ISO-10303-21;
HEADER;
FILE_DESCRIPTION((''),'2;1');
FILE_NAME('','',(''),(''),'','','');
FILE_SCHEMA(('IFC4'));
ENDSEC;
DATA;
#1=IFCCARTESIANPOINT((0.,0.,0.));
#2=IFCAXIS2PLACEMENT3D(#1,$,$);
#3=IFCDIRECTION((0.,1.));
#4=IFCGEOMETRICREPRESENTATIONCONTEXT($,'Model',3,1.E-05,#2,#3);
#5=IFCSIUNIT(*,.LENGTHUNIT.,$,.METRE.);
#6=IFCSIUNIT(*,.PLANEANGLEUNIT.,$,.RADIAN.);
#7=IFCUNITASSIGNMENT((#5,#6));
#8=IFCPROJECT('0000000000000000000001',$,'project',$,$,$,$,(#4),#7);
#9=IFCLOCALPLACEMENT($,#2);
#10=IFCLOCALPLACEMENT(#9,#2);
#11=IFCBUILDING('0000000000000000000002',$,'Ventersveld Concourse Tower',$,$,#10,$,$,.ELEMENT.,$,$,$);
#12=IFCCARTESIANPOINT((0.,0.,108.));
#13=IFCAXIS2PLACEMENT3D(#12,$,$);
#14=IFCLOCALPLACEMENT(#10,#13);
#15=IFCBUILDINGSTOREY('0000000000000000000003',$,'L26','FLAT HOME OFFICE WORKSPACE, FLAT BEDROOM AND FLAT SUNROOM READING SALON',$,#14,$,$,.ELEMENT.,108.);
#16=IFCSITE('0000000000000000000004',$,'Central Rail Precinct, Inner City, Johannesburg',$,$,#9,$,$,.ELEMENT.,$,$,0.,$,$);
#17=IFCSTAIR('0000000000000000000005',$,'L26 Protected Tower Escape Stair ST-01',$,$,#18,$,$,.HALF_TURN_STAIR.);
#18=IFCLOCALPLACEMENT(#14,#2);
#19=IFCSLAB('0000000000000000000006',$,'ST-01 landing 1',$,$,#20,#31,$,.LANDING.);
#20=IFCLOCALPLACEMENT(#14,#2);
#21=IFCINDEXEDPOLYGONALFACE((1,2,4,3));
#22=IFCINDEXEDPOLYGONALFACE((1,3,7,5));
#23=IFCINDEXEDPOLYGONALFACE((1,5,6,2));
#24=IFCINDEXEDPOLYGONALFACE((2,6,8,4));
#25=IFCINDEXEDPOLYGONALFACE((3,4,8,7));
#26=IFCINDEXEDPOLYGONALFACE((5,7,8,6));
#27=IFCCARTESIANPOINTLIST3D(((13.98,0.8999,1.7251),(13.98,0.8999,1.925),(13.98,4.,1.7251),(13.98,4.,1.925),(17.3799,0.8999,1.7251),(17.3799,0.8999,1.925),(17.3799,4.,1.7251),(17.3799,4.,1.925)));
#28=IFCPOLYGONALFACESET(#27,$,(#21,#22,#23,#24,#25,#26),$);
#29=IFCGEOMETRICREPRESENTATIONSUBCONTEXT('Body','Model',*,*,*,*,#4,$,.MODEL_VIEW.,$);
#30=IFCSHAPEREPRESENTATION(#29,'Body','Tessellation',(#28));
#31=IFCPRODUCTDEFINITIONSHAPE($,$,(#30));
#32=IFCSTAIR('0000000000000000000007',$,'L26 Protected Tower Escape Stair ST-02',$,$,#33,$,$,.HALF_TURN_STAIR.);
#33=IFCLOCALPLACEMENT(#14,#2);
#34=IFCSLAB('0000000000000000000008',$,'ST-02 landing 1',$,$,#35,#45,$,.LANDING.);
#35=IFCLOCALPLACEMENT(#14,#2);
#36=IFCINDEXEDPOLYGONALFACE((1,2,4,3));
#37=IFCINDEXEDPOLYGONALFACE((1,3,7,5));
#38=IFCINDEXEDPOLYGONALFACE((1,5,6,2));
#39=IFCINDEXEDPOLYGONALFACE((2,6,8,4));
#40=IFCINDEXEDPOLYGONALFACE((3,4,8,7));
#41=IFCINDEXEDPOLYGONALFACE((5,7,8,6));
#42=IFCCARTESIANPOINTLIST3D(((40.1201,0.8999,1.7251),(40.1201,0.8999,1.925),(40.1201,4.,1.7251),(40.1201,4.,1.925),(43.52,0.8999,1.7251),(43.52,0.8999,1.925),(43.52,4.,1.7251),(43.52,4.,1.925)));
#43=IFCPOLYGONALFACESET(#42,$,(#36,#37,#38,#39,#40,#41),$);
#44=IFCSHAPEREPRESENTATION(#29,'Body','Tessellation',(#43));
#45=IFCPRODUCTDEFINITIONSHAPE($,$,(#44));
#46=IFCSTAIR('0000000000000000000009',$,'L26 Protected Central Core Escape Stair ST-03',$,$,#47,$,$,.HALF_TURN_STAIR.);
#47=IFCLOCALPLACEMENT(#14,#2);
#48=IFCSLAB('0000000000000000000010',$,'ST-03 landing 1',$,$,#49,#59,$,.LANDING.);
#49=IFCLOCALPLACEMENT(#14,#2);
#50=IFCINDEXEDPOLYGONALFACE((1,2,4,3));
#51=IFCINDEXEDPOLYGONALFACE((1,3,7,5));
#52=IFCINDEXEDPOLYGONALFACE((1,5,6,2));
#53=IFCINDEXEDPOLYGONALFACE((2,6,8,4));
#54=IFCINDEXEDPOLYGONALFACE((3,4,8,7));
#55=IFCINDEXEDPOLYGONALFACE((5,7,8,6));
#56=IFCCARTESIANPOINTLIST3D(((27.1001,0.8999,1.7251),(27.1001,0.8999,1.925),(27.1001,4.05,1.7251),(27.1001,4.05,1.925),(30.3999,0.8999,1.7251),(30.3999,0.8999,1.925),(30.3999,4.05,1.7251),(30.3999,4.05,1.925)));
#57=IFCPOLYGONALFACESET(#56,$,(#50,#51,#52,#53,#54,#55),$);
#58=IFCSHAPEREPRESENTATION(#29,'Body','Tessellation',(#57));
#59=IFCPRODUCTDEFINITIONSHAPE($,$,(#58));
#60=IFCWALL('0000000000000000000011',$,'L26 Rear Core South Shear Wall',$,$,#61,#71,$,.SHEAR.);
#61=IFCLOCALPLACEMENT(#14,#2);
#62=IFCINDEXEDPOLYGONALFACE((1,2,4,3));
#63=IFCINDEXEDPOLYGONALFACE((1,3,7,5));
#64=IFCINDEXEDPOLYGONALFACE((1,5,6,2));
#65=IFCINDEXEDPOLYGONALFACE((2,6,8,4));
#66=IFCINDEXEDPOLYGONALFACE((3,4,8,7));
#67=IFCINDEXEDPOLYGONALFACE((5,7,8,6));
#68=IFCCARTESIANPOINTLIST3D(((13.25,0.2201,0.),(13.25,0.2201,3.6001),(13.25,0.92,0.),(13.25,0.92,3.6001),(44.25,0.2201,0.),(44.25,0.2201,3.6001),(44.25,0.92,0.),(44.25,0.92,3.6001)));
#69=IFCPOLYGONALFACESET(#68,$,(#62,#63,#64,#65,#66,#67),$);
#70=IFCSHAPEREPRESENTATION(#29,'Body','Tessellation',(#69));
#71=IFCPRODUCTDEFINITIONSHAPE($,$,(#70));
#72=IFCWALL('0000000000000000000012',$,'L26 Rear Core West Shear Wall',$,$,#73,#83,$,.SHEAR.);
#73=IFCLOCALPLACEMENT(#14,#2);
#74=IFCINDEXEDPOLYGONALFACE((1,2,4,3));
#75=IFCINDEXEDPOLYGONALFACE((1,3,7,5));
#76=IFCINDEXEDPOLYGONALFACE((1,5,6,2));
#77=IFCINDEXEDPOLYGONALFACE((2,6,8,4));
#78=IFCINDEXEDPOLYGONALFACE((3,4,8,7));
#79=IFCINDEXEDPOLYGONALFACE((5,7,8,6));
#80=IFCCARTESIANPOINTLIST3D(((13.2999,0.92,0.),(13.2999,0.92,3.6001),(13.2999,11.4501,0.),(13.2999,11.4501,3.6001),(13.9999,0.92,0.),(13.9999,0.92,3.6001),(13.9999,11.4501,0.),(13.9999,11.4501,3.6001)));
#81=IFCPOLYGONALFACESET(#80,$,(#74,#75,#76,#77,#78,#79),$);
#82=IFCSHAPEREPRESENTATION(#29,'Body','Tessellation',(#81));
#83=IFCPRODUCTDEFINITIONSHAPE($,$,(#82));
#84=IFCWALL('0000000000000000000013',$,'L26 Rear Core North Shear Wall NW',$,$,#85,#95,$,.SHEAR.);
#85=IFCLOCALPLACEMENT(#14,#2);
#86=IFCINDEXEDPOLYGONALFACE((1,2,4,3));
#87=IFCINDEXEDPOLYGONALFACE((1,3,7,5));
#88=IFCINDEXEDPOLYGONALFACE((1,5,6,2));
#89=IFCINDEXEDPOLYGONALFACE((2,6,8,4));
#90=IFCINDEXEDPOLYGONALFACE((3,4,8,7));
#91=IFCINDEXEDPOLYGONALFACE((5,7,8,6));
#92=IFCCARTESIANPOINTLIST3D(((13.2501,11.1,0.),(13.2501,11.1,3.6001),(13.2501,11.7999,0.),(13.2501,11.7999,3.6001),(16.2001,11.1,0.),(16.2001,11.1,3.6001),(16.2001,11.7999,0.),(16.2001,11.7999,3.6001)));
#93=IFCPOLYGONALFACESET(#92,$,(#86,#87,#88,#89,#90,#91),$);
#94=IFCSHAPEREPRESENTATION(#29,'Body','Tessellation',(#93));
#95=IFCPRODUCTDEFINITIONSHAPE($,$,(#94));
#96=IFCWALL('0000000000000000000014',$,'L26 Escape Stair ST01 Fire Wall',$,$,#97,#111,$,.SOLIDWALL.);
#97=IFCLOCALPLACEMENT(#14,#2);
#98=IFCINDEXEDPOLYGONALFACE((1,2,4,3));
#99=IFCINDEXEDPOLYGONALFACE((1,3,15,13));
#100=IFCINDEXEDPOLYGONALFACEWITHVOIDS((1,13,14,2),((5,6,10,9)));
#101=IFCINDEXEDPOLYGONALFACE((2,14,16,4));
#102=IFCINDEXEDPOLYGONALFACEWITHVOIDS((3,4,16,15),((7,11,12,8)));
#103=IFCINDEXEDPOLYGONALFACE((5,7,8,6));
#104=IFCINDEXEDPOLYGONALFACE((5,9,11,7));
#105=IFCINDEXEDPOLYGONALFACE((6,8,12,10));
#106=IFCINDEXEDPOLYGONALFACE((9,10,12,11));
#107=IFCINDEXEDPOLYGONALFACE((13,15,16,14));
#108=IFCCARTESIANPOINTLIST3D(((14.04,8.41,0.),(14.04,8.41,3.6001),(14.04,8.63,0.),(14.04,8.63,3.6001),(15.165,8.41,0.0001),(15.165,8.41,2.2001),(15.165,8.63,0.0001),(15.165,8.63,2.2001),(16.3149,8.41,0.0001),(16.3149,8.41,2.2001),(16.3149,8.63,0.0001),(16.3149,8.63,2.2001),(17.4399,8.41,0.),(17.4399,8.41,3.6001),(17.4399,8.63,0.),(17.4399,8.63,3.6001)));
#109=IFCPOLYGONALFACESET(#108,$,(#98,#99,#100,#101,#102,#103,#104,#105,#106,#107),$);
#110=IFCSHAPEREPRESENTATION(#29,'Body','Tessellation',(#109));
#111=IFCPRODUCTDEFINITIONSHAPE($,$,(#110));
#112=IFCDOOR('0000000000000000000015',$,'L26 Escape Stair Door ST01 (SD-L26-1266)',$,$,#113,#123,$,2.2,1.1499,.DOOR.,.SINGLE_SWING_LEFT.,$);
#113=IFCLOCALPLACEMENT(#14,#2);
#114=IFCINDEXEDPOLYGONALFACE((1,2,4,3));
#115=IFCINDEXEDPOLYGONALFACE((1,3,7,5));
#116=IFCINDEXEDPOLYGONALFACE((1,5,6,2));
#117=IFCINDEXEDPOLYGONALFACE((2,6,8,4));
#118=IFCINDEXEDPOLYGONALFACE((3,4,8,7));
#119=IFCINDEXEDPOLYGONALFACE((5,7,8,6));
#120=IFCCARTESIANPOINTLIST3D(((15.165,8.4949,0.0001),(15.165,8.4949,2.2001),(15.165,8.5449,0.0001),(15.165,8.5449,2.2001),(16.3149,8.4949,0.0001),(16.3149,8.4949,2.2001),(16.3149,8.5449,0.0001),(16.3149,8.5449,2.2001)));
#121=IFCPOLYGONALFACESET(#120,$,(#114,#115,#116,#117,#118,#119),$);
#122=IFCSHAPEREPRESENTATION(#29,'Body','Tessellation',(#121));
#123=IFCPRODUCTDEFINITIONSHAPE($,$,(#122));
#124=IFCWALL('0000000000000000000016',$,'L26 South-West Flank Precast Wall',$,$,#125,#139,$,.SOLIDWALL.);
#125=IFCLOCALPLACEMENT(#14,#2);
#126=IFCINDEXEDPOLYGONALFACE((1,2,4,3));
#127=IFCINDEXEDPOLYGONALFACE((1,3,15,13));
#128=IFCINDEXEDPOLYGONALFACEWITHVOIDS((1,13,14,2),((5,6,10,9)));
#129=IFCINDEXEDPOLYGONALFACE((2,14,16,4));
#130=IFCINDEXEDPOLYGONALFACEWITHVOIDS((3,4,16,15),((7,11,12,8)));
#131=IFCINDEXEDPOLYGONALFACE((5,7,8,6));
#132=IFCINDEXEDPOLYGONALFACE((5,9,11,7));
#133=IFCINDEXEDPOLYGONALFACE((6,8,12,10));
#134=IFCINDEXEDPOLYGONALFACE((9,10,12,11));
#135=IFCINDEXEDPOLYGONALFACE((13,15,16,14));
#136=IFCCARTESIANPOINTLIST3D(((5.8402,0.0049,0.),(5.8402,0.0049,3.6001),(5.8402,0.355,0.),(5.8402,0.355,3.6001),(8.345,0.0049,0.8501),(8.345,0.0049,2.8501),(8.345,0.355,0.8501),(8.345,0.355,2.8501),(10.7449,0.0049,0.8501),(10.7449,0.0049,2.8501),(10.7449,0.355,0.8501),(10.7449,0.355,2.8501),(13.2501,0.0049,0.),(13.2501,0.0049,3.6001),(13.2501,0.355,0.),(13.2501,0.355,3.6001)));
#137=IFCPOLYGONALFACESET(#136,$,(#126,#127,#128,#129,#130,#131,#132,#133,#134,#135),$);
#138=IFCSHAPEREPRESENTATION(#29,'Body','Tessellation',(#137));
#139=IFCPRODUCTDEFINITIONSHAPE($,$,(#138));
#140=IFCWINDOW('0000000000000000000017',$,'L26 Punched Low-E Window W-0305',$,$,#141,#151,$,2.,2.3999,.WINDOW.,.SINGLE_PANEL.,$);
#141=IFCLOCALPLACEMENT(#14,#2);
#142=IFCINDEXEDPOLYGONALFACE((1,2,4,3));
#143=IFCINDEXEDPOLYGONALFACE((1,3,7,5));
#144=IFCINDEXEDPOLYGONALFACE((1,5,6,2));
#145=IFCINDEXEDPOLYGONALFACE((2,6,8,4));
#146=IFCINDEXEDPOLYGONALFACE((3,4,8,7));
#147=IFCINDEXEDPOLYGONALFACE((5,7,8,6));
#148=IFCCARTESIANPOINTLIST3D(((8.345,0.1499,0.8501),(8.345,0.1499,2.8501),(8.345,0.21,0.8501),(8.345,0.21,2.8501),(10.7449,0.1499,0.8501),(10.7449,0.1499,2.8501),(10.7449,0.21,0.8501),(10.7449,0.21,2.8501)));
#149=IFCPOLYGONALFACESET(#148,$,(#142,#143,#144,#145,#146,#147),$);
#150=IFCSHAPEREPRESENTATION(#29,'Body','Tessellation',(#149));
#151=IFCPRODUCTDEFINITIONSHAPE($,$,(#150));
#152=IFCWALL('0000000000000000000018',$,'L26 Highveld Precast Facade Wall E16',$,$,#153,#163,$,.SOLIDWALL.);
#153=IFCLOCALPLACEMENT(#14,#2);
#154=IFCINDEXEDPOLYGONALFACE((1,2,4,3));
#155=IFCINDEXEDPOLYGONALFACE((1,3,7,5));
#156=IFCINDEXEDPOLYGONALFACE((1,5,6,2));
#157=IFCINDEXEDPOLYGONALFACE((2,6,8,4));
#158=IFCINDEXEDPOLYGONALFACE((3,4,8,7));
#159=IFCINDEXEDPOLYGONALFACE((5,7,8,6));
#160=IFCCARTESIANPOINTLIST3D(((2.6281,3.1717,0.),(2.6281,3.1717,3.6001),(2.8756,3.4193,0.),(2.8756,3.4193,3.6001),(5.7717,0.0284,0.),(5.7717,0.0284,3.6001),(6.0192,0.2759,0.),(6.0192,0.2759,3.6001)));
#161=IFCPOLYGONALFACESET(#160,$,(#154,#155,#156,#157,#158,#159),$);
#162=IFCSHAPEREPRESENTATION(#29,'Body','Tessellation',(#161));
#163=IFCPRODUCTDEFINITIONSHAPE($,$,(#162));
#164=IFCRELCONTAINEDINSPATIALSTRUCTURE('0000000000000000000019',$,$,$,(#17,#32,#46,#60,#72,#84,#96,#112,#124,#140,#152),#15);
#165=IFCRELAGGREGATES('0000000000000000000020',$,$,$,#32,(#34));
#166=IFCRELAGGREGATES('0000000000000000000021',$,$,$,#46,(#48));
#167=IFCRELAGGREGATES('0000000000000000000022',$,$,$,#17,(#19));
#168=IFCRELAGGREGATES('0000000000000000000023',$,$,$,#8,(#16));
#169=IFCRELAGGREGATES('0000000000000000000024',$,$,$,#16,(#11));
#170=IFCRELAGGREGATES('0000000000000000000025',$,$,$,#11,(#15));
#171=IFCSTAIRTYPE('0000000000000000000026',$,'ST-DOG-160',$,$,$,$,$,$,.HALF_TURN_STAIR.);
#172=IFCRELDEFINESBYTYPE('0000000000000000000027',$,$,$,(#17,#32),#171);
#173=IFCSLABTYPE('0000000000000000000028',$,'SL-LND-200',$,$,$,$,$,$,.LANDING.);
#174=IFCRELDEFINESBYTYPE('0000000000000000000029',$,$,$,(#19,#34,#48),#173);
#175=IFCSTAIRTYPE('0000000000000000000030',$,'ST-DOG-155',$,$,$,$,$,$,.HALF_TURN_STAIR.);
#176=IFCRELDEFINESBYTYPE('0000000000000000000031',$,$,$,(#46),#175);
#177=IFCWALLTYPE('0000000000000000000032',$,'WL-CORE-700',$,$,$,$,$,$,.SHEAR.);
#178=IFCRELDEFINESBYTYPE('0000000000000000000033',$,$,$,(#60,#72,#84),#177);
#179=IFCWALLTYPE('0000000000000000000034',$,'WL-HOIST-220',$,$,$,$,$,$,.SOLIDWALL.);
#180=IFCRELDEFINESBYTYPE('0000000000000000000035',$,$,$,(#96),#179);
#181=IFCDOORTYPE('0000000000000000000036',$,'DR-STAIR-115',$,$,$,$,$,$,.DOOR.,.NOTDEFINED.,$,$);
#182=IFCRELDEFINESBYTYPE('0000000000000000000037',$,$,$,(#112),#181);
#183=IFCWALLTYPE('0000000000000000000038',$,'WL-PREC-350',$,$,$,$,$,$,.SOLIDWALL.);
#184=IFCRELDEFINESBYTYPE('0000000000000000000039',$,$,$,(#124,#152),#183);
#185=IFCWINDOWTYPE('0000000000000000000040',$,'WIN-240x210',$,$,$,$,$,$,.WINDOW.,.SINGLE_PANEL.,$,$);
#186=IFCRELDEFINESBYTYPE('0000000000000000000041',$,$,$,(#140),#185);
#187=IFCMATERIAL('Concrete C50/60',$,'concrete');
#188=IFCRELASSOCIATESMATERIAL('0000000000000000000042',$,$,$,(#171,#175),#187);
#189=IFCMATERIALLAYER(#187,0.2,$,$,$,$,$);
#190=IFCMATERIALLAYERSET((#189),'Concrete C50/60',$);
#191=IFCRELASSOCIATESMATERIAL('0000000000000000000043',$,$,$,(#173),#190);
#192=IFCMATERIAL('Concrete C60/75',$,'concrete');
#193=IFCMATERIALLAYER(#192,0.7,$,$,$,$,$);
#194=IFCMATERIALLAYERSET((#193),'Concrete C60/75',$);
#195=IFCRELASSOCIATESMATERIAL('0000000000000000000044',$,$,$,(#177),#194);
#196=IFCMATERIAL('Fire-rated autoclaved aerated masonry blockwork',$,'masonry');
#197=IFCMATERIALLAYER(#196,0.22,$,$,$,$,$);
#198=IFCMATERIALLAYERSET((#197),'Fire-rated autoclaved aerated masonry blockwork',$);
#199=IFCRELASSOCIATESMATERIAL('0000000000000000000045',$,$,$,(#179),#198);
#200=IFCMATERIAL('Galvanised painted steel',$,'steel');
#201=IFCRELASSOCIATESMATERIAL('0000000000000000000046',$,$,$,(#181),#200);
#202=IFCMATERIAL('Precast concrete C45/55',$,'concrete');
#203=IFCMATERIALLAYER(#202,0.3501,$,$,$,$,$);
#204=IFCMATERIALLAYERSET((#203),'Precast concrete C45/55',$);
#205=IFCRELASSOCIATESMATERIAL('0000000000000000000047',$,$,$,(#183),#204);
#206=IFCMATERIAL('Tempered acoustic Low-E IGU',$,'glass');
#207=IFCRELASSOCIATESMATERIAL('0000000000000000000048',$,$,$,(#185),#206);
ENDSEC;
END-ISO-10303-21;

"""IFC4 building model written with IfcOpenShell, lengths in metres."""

from ifc_helpers import new_model, si_unit, direction, frame, frame_2d, origin, place, context, subcontext, project, spatial, polyline, rectangle, outline, extrude, material, layer, layer_set, type_object, element, fill, aggregate, save


model = new_model("IFC4")

# Units and contexts
model_context = context("Model", 3, precision=1e-05, world=origin(), true_north=direction((0.0, 1.0)))
body_context = subcontext(model_context, "Body", "Model", "MODEL_VIEW")
ifc_project = project(units=[si_unit("LENGTHUNIT", "METRE"), si_unit("PLANEANGLEUNIT", "RADIAN")], contexts=[model_context])

# Site, building, storey
site_placement = place(None, origin())
site = spatial("IfcSite", under=ifc_project, at=site_placement, Name="Central Rail Precinct, Inner City, Johannesburg", CompositionType="ELEMENT", RefElevation=0.0)
building_placement = place(site_placement, origin())
building = spatial("IfcBuilding", under=site, at=building_placement, Name="Ventersveld Concourse Tower", CompositionType="ELEMENT")
storey_placement = place(building_placement, frame((0.0, 0.0, 108.0)))
storey = spatial("IfcBuildingStorey", under=building, at=storey_placement, Name="L26", Description="FLAT HOME OFFICE WORKSPACE, FLAT BEDROOM AND FLAT SUNROOM READING SALON", CompositionType="ELEMENT", Elevation=108.0)

# Shared definitions
ifc_material_1 = material(Name="Concrete C50/60", Category="concrete")

# Stairs, slabs
stair_type_1 = type_object("IfcStairType", Name="ST-DOG-160", PredefinedType="HALF_TURN_STAIR", material=ifc_material_1)
stair_1_placement = place(storey_placement, origin())
stair_1 = element("IfcStair", 1, at=stair_1_placement, inside=storey, type_object=stair_type_1, Name="L26 Protected Tower Escape Stair ST-01", PredefinedType="HALF_TURN_STAIR")
ifc_layer_1 = layer(ifc_material_1, 0.2)
ifc_layer_set_1 = layer_set([ifc_layer_1], Name="Concrete C50/60")
slab_type_1 = type_object("IfcSlabType", Name="SL-LND-200", PredefinedType="LANDING", material=ifc_layer_set_1)
slab_1_placement = place(storey_placement, frame((0.0, 0.0, 1.7251)))
slab_1 = element("IfcSlab", 2, at=slab_1_placement, type_object=slab_type_1, Name="ST-01 landing 1", PredefinedType="LANDING", context=body_context, shape_type="SweptSolid", body=[
    extrude(outline(polyline([(13.98, 4.0), (13.98, 0.8999), (17.3799, 0.8999), (17.3799, 4.0), (13.98, 4.0)])), origin(), (0.0, 0.0, 1.0), 0.2),
])
stair_2_placement = place(storey_placement, origin())
stair_2 = element("IfcStair", 3, at=stair_2_placement, inside=storey, type_object=stair_type_1, Name="L26 Protected Tower Escape Stair ST-02", PredefinedType="HALF_TURN_STAIR")
slab_2_placement = place(storey_placement, frame((0.0, 0.0, 1.7251)))
slab_2 = element("IfcSlab", 4, at=slab_2_placement, type_object=slab_type_1, Name="ST-02 landing 1", PredefinedType="LANDING", context=body_context, shape_type="SweptSolid", body=[
    extrude(outline(polyline([(40.1201, 4.0), (40.1201, 0.8999), (43.52, 0.8999), (43.52, 4.0), (40.1201, 4.0)])), origin(), (0.0, 0.0, 1.0), 0.2),
])
aggregate(stair_2, [slab_2])
stair_type_2 = type_object("IfcStairType", Name="ST-DOG-155", PredefinedType="HALF_TURN_STAIR", material=ifc_material_1)
stair_3_placement = place(storey_placement, origin())
stair_3 = element("IfcStair", 5, at=stair_3_placement, inside=storey, type_object=stair_type_2, Name="L26 Protected Central Core Escape Stair ST-03", PredefinedType="HALF_TURN_STAIR")
slab_3_placement = place(storey_placement, frame((0.0, 0.0, 1.7251)))
slab_3 = element("IfcSlab", 6, at=slab_3_placement, type_object=slab_type_1, Name="ST-03 landing 1", PredefinedType="LANDING", context=body_context, shape_type="SweptSolid", body=[
    extrude(outline(polyline([(27.1001, 4.05), (27.1001, 0.8999), (30.3999, 0.8999), (30.3999, 4.05), (27.1001, 4.05)])), origin(), (0.0, 0.0, 1.0), 0.2),
])
aggregate(stair_3, [slab_3])

# Walls
ifc_material_2 = material(Name="Concrete C60/75", Category="concrete")
ifc_layer_2 = layer(ifc_material_2, 0.7)
ifc_layer_set_2 = layer_set([ifc_layer_2], Name="Concrete C60/75")
wall_type_1 = type_object("IfcWallType", Name="WL-CORE-700", PredefinedType="SHEAR", material=ifc_layer_set_2)
wall_1_placement = place(storey_placement, frame((13.25, 0.5701, 0.0), z_axis=(0.0, 0.0, 1.0), x_axis=(1.0, 0.0, 0.0)))
element("IfcWall", 7, at=wall_1_placement, inside=storey, type_object=wall_type_1, Name="L26 Rear Core South Shear Wall", PredefinedType="SHEAR", context=body_context, shape_type="SweptSolid", body=[
    extrude(rectangle(XDim=31.0, YDim=0.7, at=frame_2d((15.5, 0.0))), origin(), (0.0, 0.0, 1.0), 3.6001),
])
wall_2_placement = place(storey_placement, frame((13.6499, 0.9199, 0.0), z_axis=(0.0, 0.0, 1.0), x_axis=(0.0, 1.0, 0.0)))
element("IfcWall", 8, at=wall_2_placement, inside=storey, type_object=wall_type_1, Name="L26 Rear Core West Shear Wall", PredefinedType="SHEAR", context=body_context, shape_type="SweptSolid", body=[
    extrude(rectangle(XDim=10.53, YDim=0.7, at=frame_2d((5.2651, 0.0))), origin(), (0.0, 0.0, 1.0), 3.6001),
])
wall_3_placement = place(storey_placement, frame((13.25, 11.45, 0.0), z_axis=(0.0, 0.0, 1.0), x_axis=(1.0, 0.0, 0.0)))
element("IfcWall", 9, at=wall_3_placement, inside=storey, type_object=wall_type_1, Name="L26 Rear Core North Shear Wall NW", PredefinedType="SHEAR", context=body_context, shape_type="SweptSolid", body=[
    extrude(rectangle(XDim=2.95, YDim=0.7, at=frame_2d((1.4751, 0.0))), origin(), (0.0, 0.0, 1.0), 3.6001),
])

# Wall, opening, door
ifc_material_3 = material(Name="Fire-rated autoclaved aerated masonry blockwork", Category="masonry")
ifc_layer_3 = layer(ifc_material_3, 0.22)
ifc_layer_set_3 = layer_set([ifc_layer_3], Name="Fire-rated autoclaved aerated masonry blockwork")
wall_type_2 = type_object("IfcWallType", Name="WL-HOIST-220", PredefinedType="SOLIDWALL", material=ifc_layer_set_3)
wall_4_placement = place(storey_placement, frame((14.04, 8.52, 0.0), z_axis=(0.0, 0.0, 1.0), x_axis=(1.0, 0.0, 0.0)))
wall_4 = element("IfcWall", 10, at=wall_4_placement, inside=storey, type_object=wall_type_2, Name="L26 Escape Stair ST01 Fire Wall", PredefinedType="SOLIDWALL", context=body_context, shape_type="SweptSolid", body=[
    extrude(rectangle(XDim=3.3999, YDim=0.22, at=frame_2d((1.7, 0.0))), origin(), (0.0, 0.0, 1.0), 3.6001),
])
opening_1_placement = place(wall_4_placement, frame((1.125, 0.0, 0.0)))
opening_1 = element("IfcOpeningElement", 11, at=opening_1_placement, cuts=wall_4, PredefinedType="OPENING", context=body_context, shape_type="SweptSolid", body=[
    extrude(rectangle(XDim=1.1499, YDim=2.2, at=frame_2d((0.575, 1.1001))), frame((0.0, 0.1201, 0.0), z_axis=(0.0, -1.0, 0.0), x_axis=(1.0, 0.0, 0.0)), (0.0, 0.0, 1.0), 0.24),
])
ifc_material_4 = material(Name="Galvanised painted steel", Category="steel")
door_type = type_object("IfcDoorType", Name="DR-STAIR-115", OperationType="NOTDEFINED", PredefinedType="DOOR", material=ifc_material_4)
door_placement = place(opening_1_placement, origin())
door = element("IfcDoor", 12, at=door_placement, inside=storey, type_object=door_type, Name="L26 Escape Stair Door ST01 (SD-L26-1266)", OperationType="SINGLE_SWING_LEFT", OverallHeight=2.2, OverallWidth=1.1499, PredefinedType="DOOR", context=body_context, shape_type="SweptSolid", body=[
    extrude(rectangle(XDim=1.1499, YDim=2.2, at=frame_2d((0.575, 1.1001))), frame((0.0, 0.0249, 0.0), z_axis=(0.0, -1.0, 0.0), x_axis=(1.0, 0.0, 0.0)), (0.0, 0.0, 1.0), 0.05),
])
fill(opening_1, door)

# Wall, opening, window
ifc_material_5 = material(Name="Precast concrete C45/55", Category="concrete")
ifc_layer_4 = layer(ifc_material_5, 0.3501)
ifc_layer_set_4 = layer_set([ifc_layer_4], Name="Precast concrete C45/55")
wall_type_3 = type_object("IfcWallType", Name="WL-PREC-350", PredefinedType="SOLIDWALL", material=ifc_layer_set_4)
wall_5_placement = place(storey_placement, frame((5.8401, 0.1799, 0.0), z_axis=(0.0, 0.0, 1.0), x_axis=(1.0, 0.0, 0.0)))
wall_5 = element("IfcWall", 13, at=wall_5_placement, inside=storey, type_object=wall_type_3, Name="L26 South-West Flank Precast Wall", PredefinedType="SOLIDWALL", context=body_context, shape_type="SweptSolid", body=[
    extrude(rectangle(XDim=7.4099, YDim=0.3501, at=frame_2d((3.7051, 0.0))), origin(), (0.0, 0.0, 1.0), 3.6001),
])
opening_2_placement = place(wall_5_placement, frame((2.5049, 0.0, 0.8501)))
opening_2 = element("IfcOpeningElement", 14, at=opening_2_placement, cuts=wall_5, PredefinedType="OPENING", context=body_context, shape_type="SweptSolid", body=[
    extrude(rectangle(XDim=2.3999, YDim=2.0, at=frame_2d((1.2, 1.0))), frame((0.0, 0.1851, 0.0), z_axis=(0.0, -1.0, 0.0), x_axis=(1.0, 0.0, 0.0)), (0.0, 0.0, 1.0), 0.3701),
])
ifc_material_6 = material(Name="Tempered acoustic Low-E IGU", Category="glass")
window_type = type_object("IfcWindowType", Name="WIN-240x210", PartitioningType="SINGLE_PANEL", PredefinedType="WINDOW", material=ifc_material_6)
window_placement = place(opening_2_placement, origin())
window = element("IfcWindow", 15, at=window_placement, inside=storey, type_object=window_type, Name="L26 Punched Low-E Window W-0305", OverallHeight=2.0, OverallWidth=2.3999, PartitioningType="SINGLE_PANEL", PredefinedType="WINDOW", context=body_context, shape_type="SweptSolid", body=[
    extrude(rectangle(XDim=2.3999, YDim=2.0, at=frame_2d((1.2, 1.0))), frame((0.0, 0.03, 0.0), z_axis=(0.0, -1.0, 0.0), x_axis=(1.0, 0.0, 0.0)), (0.0, 0.0, 1.0), 0.0601),
])
fill(opening_2, window)

# Wall
wall_6_placement = place(storey_placement, frame((2.752, 3.2954, 0.0), z_axis=(0.0, 0.0, 1.0), x_axis=(0.707134, -0.707079, 0.0)))
element("IfcWall", 16, at=wall_6_placement, inside=storey, type_object=wall_type_3, Name="L26 Highveld Precast Facade Wall E16", PredefinedType="SOLIDWALL", context=body_context, shape_type="SweptSolid", body=[
    extrude(rectangle(XDim=4.4456, YDim=0.3501, at=frame_2d((2.2227, 0.0))), origin(), (0.0, 0.0, 1.0), 3.6001),
])

aggregate(stair_1, [slab_1])

save(model, "model.ifc")
